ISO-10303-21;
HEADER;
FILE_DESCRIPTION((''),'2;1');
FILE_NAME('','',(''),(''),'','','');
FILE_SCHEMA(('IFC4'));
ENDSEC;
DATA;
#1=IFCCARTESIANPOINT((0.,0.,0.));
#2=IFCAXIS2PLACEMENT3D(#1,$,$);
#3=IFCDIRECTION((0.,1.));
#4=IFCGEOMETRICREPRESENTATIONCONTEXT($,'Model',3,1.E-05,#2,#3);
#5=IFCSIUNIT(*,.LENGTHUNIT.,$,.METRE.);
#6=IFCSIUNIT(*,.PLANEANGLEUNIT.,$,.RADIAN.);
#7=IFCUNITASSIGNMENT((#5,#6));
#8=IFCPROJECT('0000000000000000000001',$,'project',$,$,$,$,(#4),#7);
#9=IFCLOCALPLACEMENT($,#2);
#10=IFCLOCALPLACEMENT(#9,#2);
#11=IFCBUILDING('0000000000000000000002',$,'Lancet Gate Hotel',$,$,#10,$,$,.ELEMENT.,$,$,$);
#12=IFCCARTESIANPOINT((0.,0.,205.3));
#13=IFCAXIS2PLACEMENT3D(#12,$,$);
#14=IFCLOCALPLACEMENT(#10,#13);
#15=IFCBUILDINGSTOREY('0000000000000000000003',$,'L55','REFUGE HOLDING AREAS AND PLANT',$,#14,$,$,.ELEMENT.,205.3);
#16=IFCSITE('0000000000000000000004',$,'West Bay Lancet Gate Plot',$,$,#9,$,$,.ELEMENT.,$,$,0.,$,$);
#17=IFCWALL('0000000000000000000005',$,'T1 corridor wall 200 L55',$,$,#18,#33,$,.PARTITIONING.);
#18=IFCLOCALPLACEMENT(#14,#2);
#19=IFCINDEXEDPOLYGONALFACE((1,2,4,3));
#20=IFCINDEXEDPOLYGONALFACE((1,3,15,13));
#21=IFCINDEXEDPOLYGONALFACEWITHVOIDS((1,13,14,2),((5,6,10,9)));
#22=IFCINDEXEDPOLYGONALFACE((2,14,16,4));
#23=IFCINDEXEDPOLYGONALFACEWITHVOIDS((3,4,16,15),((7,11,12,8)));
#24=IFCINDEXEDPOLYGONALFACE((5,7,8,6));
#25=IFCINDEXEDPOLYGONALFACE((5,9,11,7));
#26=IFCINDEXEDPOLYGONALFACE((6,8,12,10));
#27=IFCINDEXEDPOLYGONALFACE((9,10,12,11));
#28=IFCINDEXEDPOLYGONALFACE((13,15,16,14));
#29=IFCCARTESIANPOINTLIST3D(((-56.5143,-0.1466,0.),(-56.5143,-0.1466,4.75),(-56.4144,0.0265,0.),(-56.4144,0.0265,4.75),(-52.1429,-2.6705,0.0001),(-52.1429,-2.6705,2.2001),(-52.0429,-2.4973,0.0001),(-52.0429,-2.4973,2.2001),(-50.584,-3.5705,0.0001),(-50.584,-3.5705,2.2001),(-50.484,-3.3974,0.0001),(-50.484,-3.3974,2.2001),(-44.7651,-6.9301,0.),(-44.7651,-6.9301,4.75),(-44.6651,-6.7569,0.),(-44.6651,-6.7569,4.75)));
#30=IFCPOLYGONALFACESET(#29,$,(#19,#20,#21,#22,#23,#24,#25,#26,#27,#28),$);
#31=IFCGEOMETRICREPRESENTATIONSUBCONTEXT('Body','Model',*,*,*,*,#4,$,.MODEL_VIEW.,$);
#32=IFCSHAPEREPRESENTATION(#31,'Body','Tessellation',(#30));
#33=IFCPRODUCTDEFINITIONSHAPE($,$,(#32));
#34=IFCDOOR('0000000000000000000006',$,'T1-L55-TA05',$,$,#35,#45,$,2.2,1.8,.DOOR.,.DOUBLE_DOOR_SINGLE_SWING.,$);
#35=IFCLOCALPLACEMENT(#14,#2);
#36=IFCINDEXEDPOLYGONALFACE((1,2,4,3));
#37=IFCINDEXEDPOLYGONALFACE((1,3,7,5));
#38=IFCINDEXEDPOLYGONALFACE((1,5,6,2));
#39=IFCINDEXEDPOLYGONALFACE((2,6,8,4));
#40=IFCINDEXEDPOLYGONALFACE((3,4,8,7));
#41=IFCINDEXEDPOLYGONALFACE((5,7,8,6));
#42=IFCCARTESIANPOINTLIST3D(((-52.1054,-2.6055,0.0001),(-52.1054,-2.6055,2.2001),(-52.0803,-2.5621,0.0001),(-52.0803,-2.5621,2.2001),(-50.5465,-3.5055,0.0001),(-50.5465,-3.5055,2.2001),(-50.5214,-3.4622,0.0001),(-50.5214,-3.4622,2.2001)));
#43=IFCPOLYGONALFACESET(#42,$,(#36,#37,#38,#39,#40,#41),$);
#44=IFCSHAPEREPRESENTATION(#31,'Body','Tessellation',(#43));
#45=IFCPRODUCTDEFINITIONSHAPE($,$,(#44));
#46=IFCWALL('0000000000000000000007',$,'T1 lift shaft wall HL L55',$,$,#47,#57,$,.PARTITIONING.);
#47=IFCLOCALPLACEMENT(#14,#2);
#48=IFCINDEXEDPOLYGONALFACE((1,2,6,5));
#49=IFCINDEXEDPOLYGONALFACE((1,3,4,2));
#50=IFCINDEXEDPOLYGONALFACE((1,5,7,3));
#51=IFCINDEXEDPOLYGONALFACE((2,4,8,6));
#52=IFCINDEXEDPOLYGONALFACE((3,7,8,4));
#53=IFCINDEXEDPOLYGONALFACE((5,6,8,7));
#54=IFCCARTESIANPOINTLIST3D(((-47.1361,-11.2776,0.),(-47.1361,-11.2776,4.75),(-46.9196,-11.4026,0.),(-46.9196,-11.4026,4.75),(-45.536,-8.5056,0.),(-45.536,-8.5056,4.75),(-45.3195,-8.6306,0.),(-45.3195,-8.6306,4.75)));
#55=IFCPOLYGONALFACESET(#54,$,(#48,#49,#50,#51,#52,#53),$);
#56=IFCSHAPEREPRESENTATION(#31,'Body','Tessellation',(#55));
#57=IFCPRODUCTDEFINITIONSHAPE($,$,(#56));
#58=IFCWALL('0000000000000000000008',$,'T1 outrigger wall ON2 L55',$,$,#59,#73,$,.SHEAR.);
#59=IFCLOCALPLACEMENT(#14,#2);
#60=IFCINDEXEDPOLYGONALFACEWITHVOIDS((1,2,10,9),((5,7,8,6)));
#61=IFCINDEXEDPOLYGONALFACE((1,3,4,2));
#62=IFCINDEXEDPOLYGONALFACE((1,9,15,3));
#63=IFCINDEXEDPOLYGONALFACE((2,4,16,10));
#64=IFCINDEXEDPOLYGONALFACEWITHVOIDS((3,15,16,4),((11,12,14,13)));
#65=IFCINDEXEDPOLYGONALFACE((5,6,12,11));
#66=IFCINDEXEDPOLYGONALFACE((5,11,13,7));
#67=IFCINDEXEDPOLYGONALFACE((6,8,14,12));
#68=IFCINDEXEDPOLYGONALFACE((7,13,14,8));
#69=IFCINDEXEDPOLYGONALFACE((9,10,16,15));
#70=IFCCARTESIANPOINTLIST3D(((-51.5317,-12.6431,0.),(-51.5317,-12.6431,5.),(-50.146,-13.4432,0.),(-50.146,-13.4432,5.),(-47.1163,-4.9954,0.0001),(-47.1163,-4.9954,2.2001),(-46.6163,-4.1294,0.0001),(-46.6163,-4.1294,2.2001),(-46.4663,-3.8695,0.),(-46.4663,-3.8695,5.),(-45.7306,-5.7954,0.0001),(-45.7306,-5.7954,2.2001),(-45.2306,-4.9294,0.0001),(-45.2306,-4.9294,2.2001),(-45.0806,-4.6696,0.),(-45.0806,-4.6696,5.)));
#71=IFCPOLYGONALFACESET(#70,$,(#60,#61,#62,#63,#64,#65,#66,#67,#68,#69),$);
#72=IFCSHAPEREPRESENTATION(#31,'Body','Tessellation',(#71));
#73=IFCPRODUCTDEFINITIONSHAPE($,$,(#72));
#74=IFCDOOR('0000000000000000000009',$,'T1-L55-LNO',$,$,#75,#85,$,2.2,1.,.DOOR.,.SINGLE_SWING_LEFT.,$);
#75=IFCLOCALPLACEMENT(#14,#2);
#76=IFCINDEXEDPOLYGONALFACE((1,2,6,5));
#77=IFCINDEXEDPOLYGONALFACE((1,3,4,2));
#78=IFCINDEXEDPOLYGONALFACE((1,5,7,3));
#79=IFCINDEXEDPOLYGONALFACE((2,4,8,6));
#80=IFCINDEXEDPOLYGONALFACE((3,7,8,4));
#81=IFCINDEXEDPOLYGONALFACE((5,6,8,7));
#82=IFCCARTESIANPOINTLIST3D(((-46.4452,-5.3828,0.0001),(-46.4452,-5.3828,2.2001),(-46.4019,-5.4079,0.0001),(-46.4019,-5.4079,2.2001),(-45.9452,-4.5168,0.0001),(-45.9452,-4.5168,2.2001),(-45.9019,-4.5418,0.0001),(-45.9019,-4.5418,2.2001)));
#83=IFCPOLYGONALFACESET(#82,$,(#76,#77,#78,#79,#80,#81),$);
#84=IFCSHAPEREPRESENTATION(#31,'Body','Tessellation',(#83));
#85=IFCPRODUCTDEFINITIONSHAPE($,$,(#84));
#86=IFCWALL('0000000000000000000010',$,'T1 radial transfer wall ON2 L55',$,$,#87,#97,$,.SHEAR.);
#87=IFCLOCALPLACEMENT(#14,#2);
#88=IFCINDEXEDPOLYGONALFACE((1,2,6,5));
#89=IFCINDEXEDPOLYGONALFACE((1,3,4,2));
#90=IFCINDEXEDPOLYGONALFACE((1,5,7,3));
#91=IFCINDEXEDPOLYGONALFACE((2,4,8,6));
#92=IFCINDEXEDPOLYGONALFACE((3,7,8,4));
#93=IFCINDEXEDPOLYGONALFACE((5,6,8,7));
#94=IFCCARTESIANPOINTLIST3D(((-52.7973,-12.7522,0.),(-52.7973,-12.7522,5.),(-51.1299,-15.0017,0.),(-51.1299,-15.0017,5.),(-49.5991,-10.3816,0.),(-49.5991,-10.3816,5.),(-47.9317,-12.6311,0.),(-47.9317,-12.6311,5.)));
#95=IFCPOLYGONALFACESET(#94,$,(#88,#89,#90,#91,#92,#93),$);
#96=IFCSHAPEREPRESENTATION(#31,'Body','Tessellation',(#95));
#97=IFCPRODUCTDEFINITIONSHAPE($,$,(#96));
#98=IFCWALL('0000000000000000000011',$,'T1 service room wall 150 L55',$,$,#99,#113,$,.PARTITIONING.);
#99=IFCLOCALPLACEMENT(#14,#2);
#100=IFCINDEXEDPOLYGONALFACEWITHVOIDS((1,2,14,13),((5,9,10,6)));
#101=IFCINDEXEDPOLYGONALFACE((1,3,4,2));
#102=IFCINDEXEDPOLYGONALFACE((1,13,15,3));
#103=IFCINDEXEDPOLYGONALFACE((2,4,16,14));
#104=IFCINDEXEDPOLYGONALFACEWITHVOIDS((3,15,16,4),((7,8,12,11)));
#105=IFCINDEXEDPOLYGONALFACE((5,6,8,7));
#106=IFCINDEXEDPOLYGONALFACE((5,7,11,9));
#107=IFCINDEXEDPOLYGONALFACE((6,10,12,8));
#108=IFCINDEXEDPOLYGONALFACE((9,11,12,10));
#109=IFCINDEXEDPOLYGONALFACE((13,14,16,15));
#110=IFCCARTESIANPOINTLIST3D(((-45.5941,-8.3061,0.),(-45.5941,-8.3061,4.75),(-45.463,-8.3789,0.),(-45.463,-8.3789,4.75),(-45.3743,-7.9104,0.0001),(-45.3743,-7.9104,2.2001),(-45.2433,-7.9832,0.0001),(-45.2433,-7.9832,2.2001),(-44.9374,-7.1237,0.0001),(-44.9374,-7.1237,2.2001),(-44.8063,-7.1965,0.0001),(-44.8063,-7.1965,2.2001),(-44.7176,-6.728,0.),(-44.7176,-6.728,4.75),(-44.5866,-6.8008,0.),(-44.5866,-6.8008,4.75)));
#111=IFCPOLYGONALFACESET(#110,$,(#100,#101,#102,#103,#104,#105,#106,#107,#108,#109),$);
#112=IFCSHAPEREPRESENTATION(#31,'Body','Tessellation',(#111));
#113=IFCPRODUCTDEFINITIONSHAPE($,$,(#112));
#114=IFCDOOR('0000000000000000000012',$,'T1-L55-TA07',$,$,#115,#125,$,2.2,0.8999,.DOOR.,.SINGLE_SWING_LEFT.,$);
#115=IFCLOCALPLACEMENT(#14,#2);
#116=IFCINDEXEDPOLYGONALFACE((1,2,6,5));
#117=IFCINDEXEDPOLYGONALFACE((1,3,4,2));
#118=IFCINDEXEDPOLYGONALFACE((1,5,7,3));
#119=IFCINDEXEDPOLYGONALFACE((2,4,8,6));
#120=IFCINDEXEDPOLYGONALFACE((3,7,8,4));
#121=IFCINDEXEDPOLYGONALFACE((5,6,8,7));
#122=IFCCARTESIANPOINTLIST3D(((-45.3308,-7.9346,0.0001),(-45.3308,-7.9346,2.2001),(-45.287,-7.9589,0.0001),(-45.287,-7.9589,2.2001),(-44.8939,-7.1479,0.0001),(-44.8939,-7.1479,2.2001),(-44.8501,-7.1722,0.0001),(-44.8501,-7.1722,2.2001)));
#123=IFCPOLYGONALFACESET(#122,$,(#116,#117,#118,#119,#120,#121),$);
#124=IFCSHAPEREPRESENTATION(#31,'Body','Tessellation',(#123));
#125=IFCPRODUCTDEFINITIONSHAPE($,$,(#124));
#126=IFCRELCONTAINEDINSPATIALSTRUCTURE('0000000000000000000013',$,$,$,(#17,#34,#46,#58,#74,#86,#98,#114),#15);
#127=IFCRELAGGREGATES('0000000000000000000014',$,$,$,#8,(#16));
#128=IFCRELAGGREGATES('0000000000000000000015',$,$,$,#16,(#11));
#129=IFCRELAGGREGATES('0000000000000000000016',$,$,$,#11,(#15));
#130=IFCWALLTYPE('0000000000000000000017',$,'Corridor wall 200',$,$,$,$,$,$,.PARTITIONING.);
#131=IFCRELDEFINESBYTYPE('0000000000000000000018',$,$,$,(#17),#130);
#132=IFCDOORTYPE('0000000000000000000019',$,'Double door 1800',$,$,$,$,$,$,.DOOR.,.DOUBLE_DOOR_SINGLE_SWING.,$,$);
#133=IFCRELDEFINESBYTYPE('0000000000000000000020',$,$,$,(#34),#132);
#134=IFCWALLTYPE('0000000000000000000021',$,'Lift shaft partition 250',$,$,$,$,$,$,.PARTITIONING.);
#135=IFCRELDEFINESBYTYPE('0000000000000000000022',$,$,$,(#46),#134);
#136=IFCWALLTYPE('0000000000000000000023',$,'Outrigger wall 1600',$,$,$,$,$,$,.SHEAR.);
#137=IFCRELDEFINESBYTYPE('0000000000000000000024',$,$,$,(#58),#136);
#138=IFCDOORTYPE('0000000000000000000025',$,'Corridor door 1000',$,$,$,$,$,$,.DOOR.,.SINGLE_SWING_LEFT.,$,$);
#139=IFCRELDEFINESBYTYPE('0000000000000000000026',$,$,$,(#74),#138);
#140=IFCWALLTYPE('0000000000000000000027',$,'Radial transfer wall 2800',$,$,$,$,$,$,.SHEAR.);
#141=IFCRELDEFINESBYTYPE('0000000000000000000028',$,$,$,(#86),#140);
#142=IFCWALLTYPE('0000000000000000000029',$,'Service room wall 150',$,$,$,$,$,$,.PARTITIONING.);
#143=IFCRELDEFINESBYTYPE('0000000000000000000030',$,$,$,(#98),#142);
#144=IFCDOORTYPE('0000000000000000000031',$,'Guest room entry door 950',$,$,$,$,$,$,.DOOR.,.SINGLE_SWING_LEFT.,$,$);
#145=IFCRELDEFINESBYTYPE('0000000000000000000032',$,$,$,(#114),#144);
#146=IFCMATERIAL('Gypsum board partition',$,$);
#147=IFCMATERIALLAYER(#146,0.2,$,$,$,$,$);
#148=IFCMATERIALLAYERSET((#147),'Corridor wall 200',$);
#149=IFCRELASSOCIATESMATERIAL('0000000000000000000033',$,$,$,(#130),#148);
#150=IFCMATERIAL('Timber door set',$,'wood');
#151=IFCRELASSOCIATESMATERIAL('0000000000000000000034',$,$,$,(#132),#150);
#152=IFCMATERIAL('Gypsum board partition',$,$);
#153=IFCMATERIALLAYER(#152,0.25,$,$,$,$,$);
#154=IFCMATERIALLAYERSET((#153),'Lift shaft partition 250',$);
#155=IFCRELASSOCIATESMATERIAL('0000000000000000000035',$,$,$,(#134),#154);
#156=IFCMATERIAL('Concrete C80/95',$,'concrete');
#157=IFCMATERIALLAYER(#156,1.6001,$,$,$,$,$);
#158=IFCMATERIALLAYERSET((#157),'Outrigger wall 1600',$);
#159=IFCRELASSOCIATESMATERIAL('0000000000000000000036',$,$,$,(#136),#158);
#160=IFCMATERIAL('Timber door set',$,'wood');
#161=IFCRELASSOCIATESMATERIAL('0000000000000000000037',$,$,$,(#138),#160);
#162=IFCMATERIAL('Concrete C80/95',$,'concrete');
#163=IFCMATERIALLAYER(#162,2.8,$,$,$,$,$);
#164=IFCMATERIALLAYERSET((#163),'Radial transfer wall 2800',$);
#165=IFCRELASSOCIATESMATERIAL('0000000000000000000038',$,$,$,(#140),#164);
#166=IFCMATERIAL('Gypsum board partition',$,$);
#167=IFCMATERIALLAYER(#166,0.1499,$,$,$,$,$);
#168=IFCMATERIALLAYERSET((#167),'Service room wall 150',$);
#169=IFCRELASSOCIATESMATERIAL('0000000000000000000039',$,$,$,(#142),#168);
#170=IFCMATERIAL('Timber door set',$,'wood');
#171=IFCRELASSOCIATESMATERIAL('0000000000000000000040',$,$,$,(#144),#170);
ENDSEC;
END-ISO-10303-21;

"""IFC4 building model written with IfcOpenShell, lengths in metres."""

from ifc_helpers import new_model, si_unit, direction, frame, frame_2d, origin, place, context, subcontext, project, spatial, rectangle, extrude, material, layer, layer_set, type_object, element, fill, save


model = new_model("IFC4")

# Units and contexts
model_context = context("Model", 3, precision=1e-05, world=origin(), true_north=direction((0.0, 1.0)))
body_context = subcontext(model_context, "Body", "Model", "MODEL_VIEW")
ifc_project = project(units=[si_unit("LENGTHUNIT", "METRE"), si_unit("PLANEANGLEUNIT", "RADIAN")], contexts=[model_context])

# Site, building, storey
site_placement = place(None, origin())
site = spatial("IfcSite", under=ifc_project, at=site_placement, Name="West Bay Lancet Gate Plot", CompositionType="ELEMENT", RefElevation=0.0)
building_placement = place(site_placement, origin())
building = spatial("IfcBuilding", under=site, at=building_placement, Name="Lancet Gate Hotel", CompositionType="ELEMENT")
storey_placement = place(building_placement, frame((0.0, 0.0, 205.3)))
storey = spatial("IfcBuildingStorey", under=building, at=storey_placement, Name="L55", Description="REFUGE HOLDING AREAS AND PLANT", CompositionType="ELEMENT", Elevation=205.3)

# Wall, opening, door
ifc_material_1 = material(Name="Gypsum board partition")
ifc_layer_1 = layer(ifc_material_1, 0.2)
ifc_layer_set_1 = layer_set([ifc_layer_1], Name="Corridor wall 200")
wall_type_1 = type_object("IfcWallType", Name="Corridor wall 200", PredefinedType="PARTITIONING", material=ifc_layer_set_1)
wall_1_placement = place(storey_placement, frame((-44.7151, -6.8435, 0.0), z_axis=(0.0, 0.0, 1.0), x_axis=(-0.866025, 0.5, 0.0)))
wall_1 = element("IfcWall", 1, at=wall_1_placement, inside=storey, type_object=wall_type_1, Name="T1 corridor wall 200 L55", PredefinedType="PARTITIONING", context=body_context, shape_type="SweptSolid", body=[
    extrude(rectangle(XDim=13.5669, YDim=0.2, at=frame_2d((6.7834, 0.0))), origin(), (0.0, 0.0, 1.0), 4.75),
])
opening_1_placement = place(wall_1_placement, frame((6.7192, 0.0, 0.0)))
opening_1 = element("IfcOpeningElement", 2, at=opening_1_placement, cuts=wall_1, PredefinedType="OPENING", context=body_context, shape_type="SweptSolid", body=[
    extrude(rectangle(XDim=1.8, YDim=2.2, at=frame_2d((0.8999, 1.1001))), frame((0.0, 0.1099, 0.0), z_axis=(0.0, -1.0, 0.0), x_axis=(1.0, 0.0, 0.0)), (0.0, 0.0, 1.0), 0.22),
])
ifc_material_2 = material(Name="Timber door set", Category="wood")
door_type_1 = type_object("IfcDoorType", Name="Double door 1800", OperationType="DOUBLE_DOOR_SINGLE_SWING", PredefinedType="DOOR", material=ifc_material_2)
door_1_placement = place(opening_1_placement, origin())
door_1 = element("IfcDoor", 3, at=door_1_placement, inside=storey, type_object=door_type_1, Name="T1-L55-TA05", OperationType="DOUBLE_DOOR_SINGLE_SWING", OverallHeight=2.2, OverallWidth=1.8, PredefinedType="DOOR", context=body_context, shape_type="SweptSolid", body=[
    extrude(rectangle(XDim=1.8, YDim=2.2, at=frame_2d((0.8999, 1.1001))), frame((0.0, 0.0249, 0.0), z_axis=(0.0, -1.0, 0.0), x_axis=(1.0, 0.0, 0.0)), (0.0, 0.0, 1.0), 0.05),
])
fill(opening_1, door_1)

# Wall
ifc_material_3 = material(Name="Gypsum board partition")
ifc_layer_2 = layer(ifc_material_3, 0.25)
ifc_layer_set_2 = layer_set([ifc_layer_2], Name="Lift shaft partition 250")
wall_type_2 = type_object("IfcWallType", Name="Lift shaft partition 250", PredefinedType="PARTITIONING", material=ifc_layer_set_2)
wall_2_placement = place(storey_placement, frame((-45.4277, -8.5681, 0.0), z_axis=(0.0, 0.0, 1.0), x_axis=(-0.499929, -0.866066, 0.0)))
element("IfcWall", 4, at=wall_2_placement, inside=storey, type_object=wall_type_2, Name="T1 lift shaft wall HL L55", PredefinedType="PARTITIONING", context=body_context, shape_type="SweptSolid", body=[
    extrude(rectangle(XDim=3.2007, YDim=0.25, at=frame_2d((1.6003, 0.0))), origin(), (0.0, 0.0, 1.0), 4.75),
])

# Wall, opening, door
ifc_material_4 = material(Name="Concrete C80/95", Category="concrete")
ifc_layer_3 = layer(ifc_material_4, 1.6001)
ifc_layer_set_3 = layer_set([ifc_layer_3], Name="Outrigger wall 1600")
wall_type_3 = type_object("IfcWallType", Name="Outrigger wall 1600", PredefinedType="SHEAR", material=ifc_layer_set_3)
wall_3_placement = place(storey_placement, frame((-45.7734, -4.2695, 0.0), z_axis=(0.0, 0.0, 1.0), x_axis=(-0.499996, -0.866028, 0.0)))
wall_3 = element("IfcWall", 5, at=wall_3_placement, inside=storey, type_object=wall_type_3, Name="T1 outrigger wall ON2 L55", PredefinedType="SHEAR", context=body_context, shape_type="SweptSolid", body=[
    extrude(rectangle(XDim=10.1309, YDim=1.6001, at=frame_2d((5.0654, 0.0))), origin(), (0.0, 0.0, 1.0), 5.0),
])
opening_2_placement = place(wall_3_placement, frame((0.3, 0.0, 0.0)))
opening_2 = element("IfcOpeningElement", 6, at=opening_2_placement, cuts=wall_3, PredefinedType="OPENING", context=body_context, shape_type="SweptSolid", body=[
    extrude(rectangle(XDim=1.0, YDim=2.2, at=frame_2d((0.5, 1.1001))), frame((0.0, 0.8101, 0.0), z_axis=(0.0, -1.0, 0.0), x_axis=(1.0, 0.0, 0.0)), (0.0, 0.0, 1.0), 1.6201),
])
ifc_material_5 = material(Name="Timber door set", Category="wood")
door_type_2 = type_object("IfcDoorType", Name="Corridor door 1000", OperationType="SINGLE_SWING_LEFT", PredefinedType="DOOR", material=ifc_material_5)
door_2_placement = place(opening_2_placement, origin())
door_2 = element("IfcDoor", 7, at=door_2_placement, inside=storey, type_object=door_type_2, Name="T1-L55-LNO", OperationType="SINGLE_SWING_LEFT", OverallHeight=2.2, OverallWidth=1.0, PredefinedType="DOOR", context=body_context, shape_type="SweptSolid", body=[
    extrude(rectangle(XDim=1.0, YDim=2.2, at=frame_2d((0.5, 1.1001))), frame((0.0, 0.0249, 0.0), z_axis=(0.0, -1.0, 0.0), x_axis=(1.0, 0.0, 0.0)), (0.0, 0.0, 1.0), 0.05),
])
fill(opening_2, door_2)

# Wall
ifc_material_6 = material(Name="Concrete C80/95", Category="concrete")
ifc_layer_4 = layer(ifc_material_6, 2.8)
ifc_layer_set_4 = layer_set([ifc_layer_4], Name="Radial transfer wall 2800")
wall_type_4 = type_object("IfcWallType", Name="Radial transfer wall 2800", PredefinedType="SHEAR", material=ifc_layer_set_4)
wall_4_placement = place(storey_placement, frame((-51.9636, -13.877, 0.0), z_axis=(0.0, 0.0, 1.0), x_axis=(0.803372, 0.595477, 0.0)))
element("IfcWall", 8, at=wall_4_placement, inside=storey, type_object=wall_type_4, Name="T1 radial transfer wall ON2 L55", PredefinedType="SHEAR", context=body_context, shape_type="SweptSolid", body=[
    extrude(rectangle(XDim=3.981, YDim=2.8, at=frame_2d((1.9905, 0.0))), origin(), (0.0, 0.0, 1.0), 5.0),
])

# Wall, opening, door
ifc_material_7 = material(Name="Gypsum board partition")
ifc_layer_5 = layer(ifc_material_7, 0.1499)
ifc_layer_set_5 = layer_set([ifc_layer_5], Name="Service room wall 150")
wall_type_5 = type_object("IfcWallType", Name="Service room wall 150", PredefinedType="PARTITIONING", material=ifc_layer_set_5)
wall_5_placement = place(storey_placement, frame((-44.6521, -6.7644, 0.0), z_axis=(0.0, 0.0, 1.0), x_axis=(-0.485528, -0.874221, 0.0)))
wall_5 = element("IfcWall", 9, at=wall_5_placement, inside=storey, type_object=wall_type_5, Name="T1 service room wall 150 L55", PredefinedType="PARTITIONING", context=body_context, shape_type="SweptSolid", body=[
    extrude(rectangle(XDim=1.8052, YDim=0.1499, at=frame_2d((0.9026, 0.0))), origin(), (0.0, 0.0, 1.0), 4.75),
])
opening_3_placement = place(wall_5_placement, frame((0.4526, 0.0, 0.0)))
opening_3 = element("IfcOpeningElement", 10, at=opening_3_placement, cuts=wall_5, PredefinedType="OPENING", context=body_context, shape_type="SweptSolid", body=[
    extrude(rectangle(XDim=0.8999, YDim=2.2, at=frame_2d((0.45, 1.1001))), frame((0.0, 0.085, 0.0), z_axis=(0.0, -1.0, 0.0), x_axis=(1.0, 0.0, 0.0)), (0.0, 0.0, 1.0), 0.1699),
])
ifc_material_8 = material(Name="Timber door set", Category="wood")
door_type_3 = type_object("IfcDoorType", Name="Guest room entry door 950", OperationType="SINGLE_SWING_LEFT", PredefinedType="DOOR", material=ifc_material_8)
door_3_placement = place(opening_3_placement, origin())
door_3 = element("IfcDoor", 11, at=door_3_placement, inside=storey, type_object=door_type_3, Name="T1-L55-TA07", OperationType="SINGLE_SWING_LEFT", OverallHeight=2.2, OverallWidth=0.8999, PredefinedType="DOOR", context=body_context, shape_type="SweptSolid", body=[
    extrude(rectangle(XDim=0.8999, YDim=2.2, at=frame_2d((0.45, 1.1001))), frame((0.0, 0.0249, 0.0), z_axis=(0.0, -1.0, 0.0), x_axis=(1.0, 0.0, 0.0)), (0.0, 0.0, 1.0), 0.05),
])
fill(opening_3, door_3)

save(model, "model.ifc")
